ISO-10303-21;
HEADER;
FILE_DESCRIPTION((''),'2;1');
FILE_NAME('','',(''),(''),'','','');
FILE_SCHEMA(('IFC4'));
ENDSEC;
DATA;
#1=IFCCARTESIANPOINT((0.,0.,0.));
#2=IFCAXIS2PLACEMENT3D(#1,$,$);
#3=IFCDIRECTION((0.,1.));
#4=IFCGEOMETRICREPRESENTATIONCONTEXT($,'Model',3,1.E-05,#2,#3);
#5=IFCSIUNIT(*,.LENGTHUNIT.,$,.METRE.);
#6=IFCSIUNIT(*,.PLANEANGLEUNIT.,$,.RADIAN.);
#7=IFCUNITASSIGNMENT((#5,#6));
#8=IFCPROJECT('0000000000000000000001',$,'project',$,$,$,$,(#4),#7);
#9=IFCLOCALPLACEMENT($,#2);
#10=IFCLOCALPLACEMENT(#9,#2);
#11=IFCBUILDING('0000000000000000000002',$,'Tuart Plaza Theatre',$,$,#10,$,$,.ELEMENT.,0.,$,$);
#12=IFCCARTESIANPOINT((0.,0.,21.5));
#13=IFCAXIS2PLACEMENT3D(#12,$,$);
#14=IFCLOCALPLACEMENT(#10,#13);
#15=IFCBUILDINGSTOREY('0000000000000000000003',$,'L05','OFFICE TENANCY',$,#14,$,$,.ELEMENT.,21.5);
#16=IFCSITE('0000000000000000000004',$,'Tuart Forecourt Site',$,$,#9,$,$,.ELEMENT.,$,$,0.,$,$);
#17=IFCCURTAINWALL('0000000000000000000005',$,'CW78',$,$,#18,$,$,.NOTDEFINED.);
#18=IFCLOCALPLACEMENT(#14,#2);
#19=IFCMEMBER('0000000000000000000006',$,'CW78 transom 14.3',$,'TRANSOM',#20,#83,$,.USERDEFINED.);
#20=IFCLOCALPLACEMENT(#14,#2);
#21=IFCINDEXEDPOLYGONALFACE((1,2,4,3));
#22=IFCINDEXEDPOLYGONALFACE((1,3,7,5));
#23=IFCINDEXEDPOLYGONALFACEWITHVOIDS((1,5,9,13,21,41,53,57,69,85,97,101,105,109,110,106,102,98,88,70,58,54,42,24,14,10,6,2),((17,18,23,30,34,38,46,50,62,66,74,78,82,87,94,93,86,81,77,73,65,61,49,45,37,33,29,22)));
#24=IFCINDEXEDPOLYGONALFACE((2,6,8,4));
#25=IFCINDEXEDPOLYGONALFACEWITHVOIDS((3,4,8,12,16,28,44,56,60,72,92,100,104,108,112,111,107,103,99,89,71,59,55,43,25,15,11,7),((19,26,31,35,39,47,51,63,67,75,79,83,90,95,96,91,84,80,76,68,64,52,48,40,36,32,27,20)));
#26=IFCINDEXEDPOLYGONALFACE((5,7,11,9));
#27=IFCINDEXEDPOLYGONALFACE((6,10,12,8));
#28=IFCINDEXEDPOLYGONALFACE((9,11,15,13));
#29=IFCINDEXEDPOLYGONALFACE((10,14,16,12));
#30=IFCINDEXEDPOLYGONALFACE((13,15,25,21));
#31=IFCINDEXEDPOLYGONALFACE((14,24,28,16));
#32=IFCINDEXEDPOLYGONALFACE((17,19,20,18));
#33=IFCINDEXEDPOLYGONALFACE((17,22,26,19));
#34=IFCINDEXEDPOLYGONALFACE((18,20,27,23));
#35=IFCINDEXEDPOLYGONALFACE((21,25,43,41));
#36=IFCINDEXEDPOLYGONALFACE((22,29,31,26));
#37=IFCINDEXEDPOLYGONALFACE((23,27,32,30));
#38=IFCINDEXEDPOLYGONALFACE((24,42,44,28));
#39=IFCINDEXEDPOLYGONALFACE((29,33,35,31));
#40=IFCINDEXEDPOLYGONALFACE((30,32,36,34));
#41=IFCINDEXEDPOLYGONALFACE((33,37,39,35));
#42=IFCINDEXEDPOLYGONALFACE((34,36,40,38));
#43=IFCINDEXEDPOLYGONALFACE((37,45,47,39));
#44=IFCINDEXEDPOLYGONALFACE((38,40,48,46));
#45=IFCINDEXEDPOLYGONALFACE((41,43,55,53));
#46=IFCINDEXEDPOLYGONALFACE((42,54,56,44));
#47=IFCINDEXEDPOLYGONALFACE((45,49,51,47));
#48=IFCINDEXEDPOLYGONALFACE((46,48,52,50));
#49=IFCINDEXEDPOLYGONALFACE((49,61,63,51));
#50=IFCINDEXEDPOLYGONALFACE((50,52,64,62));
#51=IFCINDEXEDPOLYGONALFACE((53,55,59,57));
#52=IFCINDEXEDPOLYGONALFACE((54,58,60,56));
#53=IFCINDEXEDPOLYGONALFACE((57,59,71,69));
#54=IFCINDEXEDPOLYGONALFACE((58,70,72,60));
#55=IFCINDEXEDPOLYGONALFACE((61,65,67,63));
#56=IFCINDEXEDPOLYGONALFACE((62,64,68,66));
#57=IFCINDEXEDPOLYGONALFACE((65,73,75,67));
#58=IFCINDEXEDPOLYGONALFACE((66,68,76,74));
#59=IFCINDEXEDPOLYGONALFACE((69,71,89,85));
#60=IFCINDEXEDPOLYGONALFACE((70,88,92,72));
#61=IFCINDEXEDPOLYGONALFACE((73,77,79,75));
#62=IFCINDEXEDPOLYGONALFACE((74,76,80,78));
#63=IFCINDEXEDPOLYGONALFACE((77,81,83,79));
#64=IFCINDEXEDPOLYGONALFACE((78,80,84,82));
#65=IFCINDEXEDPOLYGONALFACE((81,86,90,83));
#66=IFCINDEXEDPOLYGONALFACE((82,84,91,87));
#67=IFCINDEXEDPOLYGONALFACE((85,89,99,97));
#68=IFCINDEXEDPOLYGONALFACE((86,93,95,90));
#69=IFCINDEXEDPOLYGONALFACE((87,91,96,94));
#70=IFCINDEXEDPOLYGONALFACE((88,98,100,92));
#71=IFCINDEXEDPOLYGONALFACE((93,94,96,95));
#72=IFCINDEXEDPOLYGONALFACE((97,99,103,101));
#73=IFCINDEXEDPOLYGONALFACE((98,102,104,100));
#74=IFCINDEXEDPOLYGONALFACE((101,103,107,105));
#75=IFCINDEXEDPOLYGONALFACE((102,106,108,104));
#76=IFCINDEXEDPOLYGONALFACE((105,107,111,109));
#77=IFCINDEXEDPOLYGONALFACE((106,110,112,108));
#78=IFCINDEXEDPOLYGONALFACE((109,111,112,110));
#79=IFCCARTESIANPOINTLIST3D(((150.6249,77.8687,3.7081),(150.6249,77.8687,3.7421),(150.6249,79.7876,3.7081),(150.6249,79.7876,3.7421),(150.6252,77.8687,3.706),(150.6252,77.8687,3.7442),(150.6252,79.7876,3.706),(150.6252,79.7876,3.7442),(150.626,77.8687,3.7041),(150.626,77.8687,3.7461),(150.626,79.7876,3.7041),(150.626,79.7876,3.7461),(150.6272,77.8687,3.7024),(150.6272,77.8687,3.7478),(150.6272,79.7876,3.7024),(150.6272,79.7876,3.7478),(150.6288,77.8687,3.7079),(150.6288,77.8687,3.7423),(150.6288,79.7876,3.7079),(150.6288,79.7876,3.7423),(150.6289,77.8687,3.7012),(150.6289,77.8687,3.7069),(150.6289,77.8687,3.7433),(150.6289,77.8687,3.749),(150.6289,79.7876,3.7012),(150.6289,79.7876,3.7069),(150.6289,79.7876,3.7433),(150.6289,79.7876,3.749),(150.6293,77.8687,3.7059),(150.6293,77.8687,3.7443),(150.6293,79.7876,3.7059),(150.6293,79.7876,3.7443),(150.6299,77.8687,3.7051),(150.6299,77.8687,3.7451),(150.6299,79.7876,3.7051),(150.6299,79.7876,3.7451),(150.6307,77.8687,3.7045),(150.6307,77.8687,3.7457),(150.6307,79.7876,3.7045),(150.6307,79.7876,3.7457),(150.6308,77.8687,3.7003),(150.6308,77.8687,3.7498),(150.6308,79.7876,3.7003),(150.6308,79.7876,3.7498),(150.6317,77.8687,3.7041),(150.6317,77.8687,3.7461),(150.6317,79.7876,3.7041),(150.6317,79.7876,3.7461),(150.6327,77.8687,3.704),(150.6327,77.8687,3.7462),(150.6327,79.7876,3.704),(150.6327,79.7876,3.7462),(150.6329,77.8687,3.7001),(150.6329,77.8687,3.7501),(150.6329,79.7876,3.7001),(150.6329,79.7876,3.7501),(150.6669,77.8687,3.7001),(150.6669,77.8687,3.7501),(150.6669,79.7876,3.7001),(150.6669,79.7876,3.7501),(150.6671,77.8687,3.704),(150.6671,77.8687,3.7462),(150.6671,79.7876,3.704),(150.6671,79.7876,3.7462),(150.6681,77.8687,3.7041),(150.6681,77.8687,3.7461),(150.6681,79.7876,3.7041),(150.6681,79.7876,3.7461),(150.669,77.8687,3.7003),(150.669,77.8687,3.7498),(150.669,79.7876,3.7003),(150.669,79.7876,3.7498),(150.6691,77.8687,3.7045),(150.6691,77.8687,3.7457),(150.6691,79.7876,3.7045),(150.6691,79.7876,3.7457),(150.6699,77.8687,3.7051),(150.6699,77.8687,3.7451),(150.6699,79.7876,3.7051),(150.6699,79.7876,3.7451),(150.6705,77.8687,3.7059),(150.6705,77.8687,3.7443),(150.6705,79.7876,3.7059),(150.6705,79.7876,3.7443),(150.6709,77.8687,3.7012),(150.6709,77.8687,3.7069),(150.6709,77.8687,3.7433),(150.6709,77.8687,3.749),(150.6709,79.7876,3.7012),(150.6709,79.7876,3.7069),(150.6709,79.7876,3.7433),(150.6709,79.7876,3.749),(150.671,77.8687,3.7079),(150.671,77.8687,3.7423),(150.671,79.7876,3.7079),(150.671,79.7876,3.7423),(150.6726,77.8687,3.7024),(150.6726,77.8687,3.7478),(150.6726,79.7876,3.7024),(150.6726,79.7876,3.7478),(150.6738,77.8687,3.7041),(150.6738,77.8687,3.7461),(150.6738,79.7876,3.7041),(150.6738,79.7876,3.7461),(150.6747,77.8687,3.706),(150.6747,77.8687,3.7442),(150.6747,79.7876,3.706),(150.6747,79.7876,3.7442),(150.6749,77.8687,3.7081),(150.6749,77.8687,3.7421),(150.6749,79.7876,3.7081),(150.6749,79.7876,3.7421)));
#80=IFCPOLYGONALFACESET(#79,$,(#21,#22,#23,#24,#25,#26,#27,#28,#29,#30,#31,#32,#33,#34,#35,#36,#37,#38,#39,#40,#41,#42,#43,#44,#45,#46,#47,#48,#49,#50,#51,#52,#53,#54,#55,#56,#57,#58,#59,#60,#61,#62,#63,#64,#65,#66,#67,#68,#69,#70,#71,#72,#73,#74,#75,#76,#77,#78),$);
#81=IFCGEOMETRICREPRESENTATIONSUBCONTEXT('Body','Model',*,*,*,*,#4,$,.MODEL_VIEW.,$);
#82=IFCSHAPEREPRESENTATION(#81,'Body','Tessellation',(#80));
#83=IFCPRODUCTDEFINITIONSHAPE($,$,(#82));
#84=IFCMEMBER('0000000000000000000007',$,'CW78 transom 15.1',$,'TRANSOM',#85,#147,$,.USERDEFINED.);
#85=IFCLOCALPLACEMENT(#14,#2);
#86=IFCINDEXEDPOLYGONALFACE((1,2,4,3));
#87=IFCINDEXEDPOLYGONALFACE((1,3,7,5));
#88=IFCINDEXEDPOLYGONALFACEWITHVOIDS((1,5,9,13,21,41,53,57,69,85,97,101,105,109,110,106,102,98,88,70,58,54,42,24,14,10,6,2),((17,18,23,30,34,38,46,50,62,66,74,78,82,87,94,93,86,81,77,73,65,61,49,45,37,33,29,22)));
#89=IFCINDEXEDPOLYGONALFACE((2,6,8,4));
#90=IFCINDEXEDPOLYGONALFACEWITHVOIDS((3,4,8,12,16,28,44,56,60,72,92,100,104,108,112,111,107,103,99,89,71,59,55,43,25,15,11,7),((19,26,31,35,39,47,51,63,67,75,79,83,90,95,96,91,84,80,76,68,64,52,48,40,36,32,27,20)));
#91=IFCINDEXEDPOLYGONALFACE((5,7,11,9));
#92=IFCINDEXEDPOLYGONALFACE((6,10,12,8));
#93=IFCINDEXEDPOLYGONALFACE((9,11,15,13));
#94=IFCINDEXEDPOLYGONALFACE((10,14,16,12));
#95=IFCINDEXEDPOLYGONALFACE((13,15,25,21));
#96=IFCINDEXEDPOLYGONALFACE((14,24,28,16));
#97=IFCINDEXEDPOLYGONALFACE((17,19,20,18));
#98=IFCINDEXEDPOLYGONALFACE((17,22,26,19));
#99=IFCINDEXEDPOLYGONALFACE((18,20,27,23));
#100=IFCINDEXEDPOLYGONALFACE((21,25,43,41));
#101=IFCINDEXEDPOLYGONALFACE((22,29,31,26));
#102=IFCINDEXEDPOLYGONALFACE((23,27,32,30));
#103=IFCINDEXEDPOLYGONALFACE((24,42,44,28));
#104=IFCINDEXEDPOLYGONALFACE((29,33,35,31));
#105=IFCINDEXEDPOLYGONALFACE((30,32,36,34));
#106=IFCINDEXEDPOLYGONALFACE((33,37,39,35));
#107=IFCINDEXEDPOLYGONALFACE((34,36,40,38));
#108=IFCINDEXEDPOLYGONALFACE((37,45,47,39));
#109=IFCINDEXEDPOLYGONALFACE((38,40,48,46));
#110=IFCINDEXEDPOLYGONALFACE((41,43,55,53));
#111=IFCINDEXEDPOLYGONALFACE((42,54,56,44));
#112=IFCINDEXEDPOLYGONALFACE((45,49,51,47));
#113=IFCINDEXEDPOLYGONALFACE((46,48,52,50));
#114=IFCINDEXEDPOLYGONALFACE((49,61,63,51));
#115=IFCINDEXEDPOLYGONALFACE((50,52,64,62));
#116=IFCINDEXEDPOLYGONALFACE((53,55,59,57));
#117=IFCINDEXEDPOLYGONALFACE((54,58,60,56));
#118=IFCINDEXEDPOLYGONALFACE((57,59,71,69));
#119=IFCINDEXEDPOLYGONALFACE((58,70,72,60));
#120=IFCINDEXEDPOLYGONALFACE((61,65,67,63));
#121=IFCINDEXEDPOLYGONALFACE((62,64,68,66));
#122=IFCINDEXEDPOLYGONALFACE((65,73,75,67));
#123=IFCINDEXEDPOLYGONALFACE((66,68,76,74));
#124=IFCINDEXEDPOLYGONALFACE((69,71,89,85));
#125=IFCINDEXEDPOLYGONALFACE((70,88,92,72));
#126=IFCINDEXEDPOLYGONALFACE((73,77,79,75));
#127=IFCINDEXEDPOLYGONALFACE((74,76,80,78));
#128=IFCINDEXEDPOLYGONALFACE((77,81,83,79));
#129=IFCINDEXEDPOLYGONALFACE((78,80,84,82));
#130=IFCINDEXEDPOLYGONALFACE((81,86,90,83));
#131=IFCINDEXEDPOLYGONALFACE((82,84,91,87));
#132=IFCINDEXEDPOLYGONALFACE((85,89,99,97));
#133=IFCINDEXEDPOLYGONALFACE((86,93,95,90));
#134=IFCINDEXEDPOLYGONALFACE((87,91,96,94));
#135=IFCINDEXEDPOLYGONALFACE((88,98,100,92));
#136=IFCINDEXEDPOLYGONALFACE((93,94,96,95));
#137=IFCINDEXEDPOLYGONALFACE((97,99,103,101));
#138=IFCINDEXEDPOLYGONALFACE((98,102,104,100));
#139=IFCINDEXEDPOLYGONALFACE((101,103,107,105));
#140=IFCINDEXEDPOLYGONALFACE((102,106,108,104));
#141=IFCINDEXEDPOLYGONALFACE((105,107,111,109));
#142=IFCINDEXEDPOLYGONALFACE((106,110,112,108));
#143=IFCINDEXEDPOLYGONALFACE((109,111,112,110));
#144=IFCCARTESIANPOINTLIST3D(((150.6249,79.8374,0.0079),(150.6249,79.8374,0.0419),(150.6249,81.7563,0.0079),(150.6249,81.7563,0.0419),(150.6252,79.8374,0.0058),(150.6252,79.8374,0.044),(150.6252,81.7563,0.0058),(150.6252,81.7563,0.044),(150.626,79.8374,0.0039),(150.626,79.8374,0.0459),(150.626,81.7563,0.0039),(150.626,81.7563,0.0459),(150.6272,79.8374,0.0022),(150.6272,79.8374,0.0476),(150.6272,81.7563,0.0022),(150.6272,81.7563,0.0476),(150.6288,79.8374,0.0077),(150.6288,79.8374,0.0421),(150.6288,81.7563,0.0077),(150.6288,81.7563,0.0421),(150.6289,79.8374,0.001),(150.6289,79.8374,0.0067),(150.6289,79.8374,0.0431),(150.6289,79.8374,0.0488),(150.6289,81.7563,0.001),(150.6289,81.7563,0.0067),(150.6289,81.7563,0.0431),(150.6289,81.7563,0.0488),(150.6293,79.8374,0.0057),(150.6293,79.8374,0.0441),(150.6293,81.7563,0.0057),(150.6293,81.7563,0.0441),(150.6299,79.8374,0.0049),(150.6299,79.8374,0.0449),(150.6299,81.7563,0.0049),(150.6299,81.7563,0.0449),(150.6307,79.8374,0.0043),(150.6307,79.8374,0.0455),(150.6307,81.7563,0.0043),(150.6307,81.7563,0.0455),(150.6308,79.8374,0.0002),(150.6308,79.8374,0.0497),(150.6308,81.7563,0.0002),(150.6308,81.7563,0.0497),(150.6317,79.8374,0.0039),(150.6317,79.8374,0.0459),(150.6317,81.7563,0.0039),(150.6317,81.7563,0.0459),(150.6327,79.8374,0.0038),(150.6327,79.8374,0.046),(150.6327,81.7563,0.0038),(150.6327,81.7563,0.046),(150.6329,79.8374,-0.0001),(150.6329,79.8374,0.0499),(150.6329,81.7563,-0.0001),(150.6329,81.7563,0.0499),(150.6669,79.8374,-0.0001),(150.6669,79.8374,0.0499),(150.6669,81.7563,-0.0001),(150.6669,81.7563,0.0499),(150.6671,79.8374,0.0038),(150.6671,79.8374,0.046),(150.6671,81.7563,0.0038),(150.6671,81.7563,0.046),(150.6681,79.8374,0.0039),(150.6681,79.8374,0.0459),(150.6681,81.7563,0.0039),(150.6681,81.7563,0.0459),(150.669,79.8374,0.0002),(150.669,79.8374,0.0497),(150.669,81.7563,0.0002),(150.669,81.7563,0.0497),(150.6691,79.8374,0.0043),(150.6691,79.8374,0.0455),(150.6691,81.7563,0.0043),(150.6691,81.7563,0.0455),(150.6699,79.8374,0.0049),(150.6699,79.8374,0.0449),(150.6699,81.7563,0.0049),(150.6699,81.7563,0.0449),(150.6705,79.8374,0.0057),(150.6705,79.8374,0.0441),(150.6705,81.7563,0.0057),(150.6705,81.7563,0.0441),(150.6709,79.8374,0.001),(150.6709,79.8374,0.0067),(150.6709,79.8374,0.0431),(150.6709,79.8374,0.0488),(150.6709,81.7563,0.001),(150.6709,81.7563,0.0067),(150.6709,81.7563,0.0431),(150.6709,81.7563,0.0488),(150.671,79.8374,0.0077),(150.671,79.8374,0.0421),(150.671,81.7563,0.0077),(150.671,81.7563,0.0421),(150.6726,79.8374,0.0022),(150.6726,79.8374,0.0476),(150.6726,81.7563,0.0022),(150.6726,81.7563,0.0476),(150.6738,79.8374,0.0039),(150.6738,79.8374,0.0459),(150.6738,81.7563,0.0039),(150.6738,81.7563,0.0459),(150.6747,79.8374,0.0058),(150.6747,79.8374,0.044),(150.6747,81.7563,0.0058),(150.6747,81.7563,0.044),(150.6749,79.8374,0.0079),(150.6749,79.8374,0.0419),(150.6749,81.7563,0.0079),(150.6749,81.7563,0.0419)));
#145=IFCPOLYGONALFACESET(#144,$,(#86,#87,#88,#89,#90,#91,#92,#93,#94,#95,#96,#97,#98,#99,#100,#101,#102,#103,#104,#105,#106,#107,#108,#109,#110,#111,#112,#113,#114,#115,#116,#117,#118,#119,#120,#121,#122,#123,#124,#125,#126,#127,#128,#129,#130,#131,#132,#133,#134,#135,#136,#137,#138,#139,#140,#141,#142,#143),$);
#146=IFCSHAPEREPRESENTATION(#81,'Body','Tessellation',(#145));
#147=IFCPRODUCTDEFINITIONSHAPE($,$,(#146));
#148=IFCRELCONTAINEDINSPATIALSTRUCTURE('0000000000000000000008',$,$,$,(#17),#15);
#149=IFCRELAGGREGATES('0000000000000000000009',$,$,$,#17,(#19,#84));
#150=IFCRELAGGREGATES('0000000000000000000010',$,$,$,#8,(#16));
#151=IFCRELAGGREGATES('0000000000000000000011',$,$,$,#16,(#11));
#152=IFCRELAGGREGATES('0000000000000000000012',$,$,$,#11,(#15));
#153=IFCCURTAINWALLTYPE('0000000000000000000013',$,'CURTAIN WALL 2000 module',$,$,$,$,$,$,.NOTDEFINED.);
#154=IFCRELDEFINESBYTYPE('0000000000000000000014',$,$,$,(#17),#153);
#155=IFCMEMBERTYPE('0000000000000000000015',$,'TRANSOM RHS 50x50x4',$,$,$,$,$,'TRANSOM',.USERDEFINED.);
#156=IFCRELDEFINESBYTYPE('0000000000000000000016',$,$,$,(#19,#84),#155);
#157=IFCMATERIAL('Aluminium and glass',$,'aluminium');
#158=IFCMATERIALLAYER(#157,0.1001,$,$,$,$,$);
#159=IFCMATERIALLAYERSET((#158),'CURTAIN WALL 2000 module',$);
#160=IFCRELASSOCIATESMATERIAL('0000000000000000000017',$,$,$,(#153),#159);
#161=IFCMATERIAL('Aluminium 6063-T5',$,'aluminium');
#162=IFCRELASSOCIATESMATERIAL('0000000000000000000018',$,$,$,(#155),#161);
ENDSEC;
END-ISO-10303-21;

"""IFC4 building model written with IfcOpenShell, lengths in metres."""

from ifc_helpers import new_model, si_unit, direction, frame, origin, origin_2d, place, context, subcontext, project, spatial, hollow_rectangle, extrude, material, layer, layer_set, material_profile, profile_set, type_object, element, aggregate, save


model = new_model("IFC4")

# Units and contexts
model_context = context("Model", 3, precision=1e-05, world=origin(), true_north=direction((0.0, 1.0)))
body_context = subcontext(model_context, "Body", "Model", "MODEL_VIEW")
ifc_project = project(units=[si_unit("LENGTHUNIT", "METRE"), si_unit("PLANEANGLEUNIT", "RADIAN")], contexts=[model_context])

# Site, building, storey
site_placement = place(None, origin())
site = spatial("IfcSite", under=ifc_project, at=site_placement, Name="Tuart Forecourt Site", CompositionType="ELEMENT", RefElevation=0.0)
building_placement = place(site_placement, origin())
building = spatial("IfcBuilding", under=site, at=building_placement, Name="Tuart Plaza Theatre", CompositionType="ELEMENT", ElevationOfRefHeight=0.0)
storey_placement = place(building_placement, frame((0.0, 0.0, 21.5)))
storey = spatial("IfcBuildingStorey", under=building, at=storey_placement, Name="L05", Description="OFFICE TENANCY", CompositionType="ELEMENT", Elevation=21.5)

# Curtain wall, members
ifc_material_1 = material(Name="Aluminium and glass", Category="aluminium")
ifc_layer_1 = layer(ifc_material_1, 0.1001)
ifc_layer_set_1 = layer_set([ifc_layer_1], Name="CURTAIN WALL 2000 module")
curtain_wall_type = type_object("IfcCurtainWallType", Name="CURTAIN WALL 2000 module", PredefinedType="NOTDEFINED", material=ifc_layer_set_1)
curtain_wall_placement = place(storey_placement, origin())
curtain_wall = element("IfcCurtainWall", 1, at=curtain_wall_placement, inside=storey, type_object=curtain_wall_type, Name="CW78", PredefinedType="NOTDEFINED")
ifc_material_2 = material(Name="Aluminium 6063-T5", Category="aluminium")
ifc_material_profile_1 = material_profile(ifc_material_2, hollow_rectangle(XDim=0.05, YDim=0.05, WallThickness=0.0039, InnerFilletRadius=0.0039, OuterFilletRadius=0.0081, at=origin_2d()), Name="RHS 50x50x4")
ifc_profile_set_1 = profile_set([ifc_material_profile_1], Name="Aluminium 6063-T5")
member_type_1 = type_object("IfcMemberType", Name="TRANSOM RHS 50x50x4", ElementType="TRANSOM", PredefinedType="USERDEFINED", material=ifc_profile_set_1)
member_1_placement = place(storey_placement, frame((150.6499, 77.8687, 3.7251), z_axis=(0.0, 1.0, 0.0), x_axis=(-1.0, 0.0, 0.0)))
member_1 = element("IfcMember", 2, at=member_1_placement, type_object=member_type_1, Name="CW78 transom 14.3", ObjectType="TRANSOM", PredefinedType="USERDEFINED", context=body_context, shape_type="SweptSolid", body=[
    extrude(hollow_rectangle(XDim=0.05, YDim=0.05, WallThickness=0.0039, InnerFilletRadius=0.0039, OuterFilletRadius=0.0081, at=origin_2d()), origin(), (0.0, 0.0, 1.0), 1.9189),
])
member_2_placement = place(storey_placement, frame((150.6499, 79.8374, 0.0249), z_axis=(0.0, 1.0, 0.0), x_axis=(-1.0, 0.0, 0.0)))
member_2 = element("IfcMember", 3, at=member_2_placement, type_object=member_type_1, Name="CW78 transom 15.1", ObjectType="TRANSOM", PredefinedType="USERDEFINED", context=body_context, shape_type="SweptSolid", body=[
    extrude(hollow_rectangle(XDim=0.05, YDim=0.05, WallThickness=0.0039, InnerFilletRadius=0.0039, OuterFilletRadius=0.0081, at=origin_2d()), origin(), (0.0, 0.0, 1.0), 1.9189),
])
aggregate(curtain_wall, [member_1, member_2])

save(model, "model.ifc")
